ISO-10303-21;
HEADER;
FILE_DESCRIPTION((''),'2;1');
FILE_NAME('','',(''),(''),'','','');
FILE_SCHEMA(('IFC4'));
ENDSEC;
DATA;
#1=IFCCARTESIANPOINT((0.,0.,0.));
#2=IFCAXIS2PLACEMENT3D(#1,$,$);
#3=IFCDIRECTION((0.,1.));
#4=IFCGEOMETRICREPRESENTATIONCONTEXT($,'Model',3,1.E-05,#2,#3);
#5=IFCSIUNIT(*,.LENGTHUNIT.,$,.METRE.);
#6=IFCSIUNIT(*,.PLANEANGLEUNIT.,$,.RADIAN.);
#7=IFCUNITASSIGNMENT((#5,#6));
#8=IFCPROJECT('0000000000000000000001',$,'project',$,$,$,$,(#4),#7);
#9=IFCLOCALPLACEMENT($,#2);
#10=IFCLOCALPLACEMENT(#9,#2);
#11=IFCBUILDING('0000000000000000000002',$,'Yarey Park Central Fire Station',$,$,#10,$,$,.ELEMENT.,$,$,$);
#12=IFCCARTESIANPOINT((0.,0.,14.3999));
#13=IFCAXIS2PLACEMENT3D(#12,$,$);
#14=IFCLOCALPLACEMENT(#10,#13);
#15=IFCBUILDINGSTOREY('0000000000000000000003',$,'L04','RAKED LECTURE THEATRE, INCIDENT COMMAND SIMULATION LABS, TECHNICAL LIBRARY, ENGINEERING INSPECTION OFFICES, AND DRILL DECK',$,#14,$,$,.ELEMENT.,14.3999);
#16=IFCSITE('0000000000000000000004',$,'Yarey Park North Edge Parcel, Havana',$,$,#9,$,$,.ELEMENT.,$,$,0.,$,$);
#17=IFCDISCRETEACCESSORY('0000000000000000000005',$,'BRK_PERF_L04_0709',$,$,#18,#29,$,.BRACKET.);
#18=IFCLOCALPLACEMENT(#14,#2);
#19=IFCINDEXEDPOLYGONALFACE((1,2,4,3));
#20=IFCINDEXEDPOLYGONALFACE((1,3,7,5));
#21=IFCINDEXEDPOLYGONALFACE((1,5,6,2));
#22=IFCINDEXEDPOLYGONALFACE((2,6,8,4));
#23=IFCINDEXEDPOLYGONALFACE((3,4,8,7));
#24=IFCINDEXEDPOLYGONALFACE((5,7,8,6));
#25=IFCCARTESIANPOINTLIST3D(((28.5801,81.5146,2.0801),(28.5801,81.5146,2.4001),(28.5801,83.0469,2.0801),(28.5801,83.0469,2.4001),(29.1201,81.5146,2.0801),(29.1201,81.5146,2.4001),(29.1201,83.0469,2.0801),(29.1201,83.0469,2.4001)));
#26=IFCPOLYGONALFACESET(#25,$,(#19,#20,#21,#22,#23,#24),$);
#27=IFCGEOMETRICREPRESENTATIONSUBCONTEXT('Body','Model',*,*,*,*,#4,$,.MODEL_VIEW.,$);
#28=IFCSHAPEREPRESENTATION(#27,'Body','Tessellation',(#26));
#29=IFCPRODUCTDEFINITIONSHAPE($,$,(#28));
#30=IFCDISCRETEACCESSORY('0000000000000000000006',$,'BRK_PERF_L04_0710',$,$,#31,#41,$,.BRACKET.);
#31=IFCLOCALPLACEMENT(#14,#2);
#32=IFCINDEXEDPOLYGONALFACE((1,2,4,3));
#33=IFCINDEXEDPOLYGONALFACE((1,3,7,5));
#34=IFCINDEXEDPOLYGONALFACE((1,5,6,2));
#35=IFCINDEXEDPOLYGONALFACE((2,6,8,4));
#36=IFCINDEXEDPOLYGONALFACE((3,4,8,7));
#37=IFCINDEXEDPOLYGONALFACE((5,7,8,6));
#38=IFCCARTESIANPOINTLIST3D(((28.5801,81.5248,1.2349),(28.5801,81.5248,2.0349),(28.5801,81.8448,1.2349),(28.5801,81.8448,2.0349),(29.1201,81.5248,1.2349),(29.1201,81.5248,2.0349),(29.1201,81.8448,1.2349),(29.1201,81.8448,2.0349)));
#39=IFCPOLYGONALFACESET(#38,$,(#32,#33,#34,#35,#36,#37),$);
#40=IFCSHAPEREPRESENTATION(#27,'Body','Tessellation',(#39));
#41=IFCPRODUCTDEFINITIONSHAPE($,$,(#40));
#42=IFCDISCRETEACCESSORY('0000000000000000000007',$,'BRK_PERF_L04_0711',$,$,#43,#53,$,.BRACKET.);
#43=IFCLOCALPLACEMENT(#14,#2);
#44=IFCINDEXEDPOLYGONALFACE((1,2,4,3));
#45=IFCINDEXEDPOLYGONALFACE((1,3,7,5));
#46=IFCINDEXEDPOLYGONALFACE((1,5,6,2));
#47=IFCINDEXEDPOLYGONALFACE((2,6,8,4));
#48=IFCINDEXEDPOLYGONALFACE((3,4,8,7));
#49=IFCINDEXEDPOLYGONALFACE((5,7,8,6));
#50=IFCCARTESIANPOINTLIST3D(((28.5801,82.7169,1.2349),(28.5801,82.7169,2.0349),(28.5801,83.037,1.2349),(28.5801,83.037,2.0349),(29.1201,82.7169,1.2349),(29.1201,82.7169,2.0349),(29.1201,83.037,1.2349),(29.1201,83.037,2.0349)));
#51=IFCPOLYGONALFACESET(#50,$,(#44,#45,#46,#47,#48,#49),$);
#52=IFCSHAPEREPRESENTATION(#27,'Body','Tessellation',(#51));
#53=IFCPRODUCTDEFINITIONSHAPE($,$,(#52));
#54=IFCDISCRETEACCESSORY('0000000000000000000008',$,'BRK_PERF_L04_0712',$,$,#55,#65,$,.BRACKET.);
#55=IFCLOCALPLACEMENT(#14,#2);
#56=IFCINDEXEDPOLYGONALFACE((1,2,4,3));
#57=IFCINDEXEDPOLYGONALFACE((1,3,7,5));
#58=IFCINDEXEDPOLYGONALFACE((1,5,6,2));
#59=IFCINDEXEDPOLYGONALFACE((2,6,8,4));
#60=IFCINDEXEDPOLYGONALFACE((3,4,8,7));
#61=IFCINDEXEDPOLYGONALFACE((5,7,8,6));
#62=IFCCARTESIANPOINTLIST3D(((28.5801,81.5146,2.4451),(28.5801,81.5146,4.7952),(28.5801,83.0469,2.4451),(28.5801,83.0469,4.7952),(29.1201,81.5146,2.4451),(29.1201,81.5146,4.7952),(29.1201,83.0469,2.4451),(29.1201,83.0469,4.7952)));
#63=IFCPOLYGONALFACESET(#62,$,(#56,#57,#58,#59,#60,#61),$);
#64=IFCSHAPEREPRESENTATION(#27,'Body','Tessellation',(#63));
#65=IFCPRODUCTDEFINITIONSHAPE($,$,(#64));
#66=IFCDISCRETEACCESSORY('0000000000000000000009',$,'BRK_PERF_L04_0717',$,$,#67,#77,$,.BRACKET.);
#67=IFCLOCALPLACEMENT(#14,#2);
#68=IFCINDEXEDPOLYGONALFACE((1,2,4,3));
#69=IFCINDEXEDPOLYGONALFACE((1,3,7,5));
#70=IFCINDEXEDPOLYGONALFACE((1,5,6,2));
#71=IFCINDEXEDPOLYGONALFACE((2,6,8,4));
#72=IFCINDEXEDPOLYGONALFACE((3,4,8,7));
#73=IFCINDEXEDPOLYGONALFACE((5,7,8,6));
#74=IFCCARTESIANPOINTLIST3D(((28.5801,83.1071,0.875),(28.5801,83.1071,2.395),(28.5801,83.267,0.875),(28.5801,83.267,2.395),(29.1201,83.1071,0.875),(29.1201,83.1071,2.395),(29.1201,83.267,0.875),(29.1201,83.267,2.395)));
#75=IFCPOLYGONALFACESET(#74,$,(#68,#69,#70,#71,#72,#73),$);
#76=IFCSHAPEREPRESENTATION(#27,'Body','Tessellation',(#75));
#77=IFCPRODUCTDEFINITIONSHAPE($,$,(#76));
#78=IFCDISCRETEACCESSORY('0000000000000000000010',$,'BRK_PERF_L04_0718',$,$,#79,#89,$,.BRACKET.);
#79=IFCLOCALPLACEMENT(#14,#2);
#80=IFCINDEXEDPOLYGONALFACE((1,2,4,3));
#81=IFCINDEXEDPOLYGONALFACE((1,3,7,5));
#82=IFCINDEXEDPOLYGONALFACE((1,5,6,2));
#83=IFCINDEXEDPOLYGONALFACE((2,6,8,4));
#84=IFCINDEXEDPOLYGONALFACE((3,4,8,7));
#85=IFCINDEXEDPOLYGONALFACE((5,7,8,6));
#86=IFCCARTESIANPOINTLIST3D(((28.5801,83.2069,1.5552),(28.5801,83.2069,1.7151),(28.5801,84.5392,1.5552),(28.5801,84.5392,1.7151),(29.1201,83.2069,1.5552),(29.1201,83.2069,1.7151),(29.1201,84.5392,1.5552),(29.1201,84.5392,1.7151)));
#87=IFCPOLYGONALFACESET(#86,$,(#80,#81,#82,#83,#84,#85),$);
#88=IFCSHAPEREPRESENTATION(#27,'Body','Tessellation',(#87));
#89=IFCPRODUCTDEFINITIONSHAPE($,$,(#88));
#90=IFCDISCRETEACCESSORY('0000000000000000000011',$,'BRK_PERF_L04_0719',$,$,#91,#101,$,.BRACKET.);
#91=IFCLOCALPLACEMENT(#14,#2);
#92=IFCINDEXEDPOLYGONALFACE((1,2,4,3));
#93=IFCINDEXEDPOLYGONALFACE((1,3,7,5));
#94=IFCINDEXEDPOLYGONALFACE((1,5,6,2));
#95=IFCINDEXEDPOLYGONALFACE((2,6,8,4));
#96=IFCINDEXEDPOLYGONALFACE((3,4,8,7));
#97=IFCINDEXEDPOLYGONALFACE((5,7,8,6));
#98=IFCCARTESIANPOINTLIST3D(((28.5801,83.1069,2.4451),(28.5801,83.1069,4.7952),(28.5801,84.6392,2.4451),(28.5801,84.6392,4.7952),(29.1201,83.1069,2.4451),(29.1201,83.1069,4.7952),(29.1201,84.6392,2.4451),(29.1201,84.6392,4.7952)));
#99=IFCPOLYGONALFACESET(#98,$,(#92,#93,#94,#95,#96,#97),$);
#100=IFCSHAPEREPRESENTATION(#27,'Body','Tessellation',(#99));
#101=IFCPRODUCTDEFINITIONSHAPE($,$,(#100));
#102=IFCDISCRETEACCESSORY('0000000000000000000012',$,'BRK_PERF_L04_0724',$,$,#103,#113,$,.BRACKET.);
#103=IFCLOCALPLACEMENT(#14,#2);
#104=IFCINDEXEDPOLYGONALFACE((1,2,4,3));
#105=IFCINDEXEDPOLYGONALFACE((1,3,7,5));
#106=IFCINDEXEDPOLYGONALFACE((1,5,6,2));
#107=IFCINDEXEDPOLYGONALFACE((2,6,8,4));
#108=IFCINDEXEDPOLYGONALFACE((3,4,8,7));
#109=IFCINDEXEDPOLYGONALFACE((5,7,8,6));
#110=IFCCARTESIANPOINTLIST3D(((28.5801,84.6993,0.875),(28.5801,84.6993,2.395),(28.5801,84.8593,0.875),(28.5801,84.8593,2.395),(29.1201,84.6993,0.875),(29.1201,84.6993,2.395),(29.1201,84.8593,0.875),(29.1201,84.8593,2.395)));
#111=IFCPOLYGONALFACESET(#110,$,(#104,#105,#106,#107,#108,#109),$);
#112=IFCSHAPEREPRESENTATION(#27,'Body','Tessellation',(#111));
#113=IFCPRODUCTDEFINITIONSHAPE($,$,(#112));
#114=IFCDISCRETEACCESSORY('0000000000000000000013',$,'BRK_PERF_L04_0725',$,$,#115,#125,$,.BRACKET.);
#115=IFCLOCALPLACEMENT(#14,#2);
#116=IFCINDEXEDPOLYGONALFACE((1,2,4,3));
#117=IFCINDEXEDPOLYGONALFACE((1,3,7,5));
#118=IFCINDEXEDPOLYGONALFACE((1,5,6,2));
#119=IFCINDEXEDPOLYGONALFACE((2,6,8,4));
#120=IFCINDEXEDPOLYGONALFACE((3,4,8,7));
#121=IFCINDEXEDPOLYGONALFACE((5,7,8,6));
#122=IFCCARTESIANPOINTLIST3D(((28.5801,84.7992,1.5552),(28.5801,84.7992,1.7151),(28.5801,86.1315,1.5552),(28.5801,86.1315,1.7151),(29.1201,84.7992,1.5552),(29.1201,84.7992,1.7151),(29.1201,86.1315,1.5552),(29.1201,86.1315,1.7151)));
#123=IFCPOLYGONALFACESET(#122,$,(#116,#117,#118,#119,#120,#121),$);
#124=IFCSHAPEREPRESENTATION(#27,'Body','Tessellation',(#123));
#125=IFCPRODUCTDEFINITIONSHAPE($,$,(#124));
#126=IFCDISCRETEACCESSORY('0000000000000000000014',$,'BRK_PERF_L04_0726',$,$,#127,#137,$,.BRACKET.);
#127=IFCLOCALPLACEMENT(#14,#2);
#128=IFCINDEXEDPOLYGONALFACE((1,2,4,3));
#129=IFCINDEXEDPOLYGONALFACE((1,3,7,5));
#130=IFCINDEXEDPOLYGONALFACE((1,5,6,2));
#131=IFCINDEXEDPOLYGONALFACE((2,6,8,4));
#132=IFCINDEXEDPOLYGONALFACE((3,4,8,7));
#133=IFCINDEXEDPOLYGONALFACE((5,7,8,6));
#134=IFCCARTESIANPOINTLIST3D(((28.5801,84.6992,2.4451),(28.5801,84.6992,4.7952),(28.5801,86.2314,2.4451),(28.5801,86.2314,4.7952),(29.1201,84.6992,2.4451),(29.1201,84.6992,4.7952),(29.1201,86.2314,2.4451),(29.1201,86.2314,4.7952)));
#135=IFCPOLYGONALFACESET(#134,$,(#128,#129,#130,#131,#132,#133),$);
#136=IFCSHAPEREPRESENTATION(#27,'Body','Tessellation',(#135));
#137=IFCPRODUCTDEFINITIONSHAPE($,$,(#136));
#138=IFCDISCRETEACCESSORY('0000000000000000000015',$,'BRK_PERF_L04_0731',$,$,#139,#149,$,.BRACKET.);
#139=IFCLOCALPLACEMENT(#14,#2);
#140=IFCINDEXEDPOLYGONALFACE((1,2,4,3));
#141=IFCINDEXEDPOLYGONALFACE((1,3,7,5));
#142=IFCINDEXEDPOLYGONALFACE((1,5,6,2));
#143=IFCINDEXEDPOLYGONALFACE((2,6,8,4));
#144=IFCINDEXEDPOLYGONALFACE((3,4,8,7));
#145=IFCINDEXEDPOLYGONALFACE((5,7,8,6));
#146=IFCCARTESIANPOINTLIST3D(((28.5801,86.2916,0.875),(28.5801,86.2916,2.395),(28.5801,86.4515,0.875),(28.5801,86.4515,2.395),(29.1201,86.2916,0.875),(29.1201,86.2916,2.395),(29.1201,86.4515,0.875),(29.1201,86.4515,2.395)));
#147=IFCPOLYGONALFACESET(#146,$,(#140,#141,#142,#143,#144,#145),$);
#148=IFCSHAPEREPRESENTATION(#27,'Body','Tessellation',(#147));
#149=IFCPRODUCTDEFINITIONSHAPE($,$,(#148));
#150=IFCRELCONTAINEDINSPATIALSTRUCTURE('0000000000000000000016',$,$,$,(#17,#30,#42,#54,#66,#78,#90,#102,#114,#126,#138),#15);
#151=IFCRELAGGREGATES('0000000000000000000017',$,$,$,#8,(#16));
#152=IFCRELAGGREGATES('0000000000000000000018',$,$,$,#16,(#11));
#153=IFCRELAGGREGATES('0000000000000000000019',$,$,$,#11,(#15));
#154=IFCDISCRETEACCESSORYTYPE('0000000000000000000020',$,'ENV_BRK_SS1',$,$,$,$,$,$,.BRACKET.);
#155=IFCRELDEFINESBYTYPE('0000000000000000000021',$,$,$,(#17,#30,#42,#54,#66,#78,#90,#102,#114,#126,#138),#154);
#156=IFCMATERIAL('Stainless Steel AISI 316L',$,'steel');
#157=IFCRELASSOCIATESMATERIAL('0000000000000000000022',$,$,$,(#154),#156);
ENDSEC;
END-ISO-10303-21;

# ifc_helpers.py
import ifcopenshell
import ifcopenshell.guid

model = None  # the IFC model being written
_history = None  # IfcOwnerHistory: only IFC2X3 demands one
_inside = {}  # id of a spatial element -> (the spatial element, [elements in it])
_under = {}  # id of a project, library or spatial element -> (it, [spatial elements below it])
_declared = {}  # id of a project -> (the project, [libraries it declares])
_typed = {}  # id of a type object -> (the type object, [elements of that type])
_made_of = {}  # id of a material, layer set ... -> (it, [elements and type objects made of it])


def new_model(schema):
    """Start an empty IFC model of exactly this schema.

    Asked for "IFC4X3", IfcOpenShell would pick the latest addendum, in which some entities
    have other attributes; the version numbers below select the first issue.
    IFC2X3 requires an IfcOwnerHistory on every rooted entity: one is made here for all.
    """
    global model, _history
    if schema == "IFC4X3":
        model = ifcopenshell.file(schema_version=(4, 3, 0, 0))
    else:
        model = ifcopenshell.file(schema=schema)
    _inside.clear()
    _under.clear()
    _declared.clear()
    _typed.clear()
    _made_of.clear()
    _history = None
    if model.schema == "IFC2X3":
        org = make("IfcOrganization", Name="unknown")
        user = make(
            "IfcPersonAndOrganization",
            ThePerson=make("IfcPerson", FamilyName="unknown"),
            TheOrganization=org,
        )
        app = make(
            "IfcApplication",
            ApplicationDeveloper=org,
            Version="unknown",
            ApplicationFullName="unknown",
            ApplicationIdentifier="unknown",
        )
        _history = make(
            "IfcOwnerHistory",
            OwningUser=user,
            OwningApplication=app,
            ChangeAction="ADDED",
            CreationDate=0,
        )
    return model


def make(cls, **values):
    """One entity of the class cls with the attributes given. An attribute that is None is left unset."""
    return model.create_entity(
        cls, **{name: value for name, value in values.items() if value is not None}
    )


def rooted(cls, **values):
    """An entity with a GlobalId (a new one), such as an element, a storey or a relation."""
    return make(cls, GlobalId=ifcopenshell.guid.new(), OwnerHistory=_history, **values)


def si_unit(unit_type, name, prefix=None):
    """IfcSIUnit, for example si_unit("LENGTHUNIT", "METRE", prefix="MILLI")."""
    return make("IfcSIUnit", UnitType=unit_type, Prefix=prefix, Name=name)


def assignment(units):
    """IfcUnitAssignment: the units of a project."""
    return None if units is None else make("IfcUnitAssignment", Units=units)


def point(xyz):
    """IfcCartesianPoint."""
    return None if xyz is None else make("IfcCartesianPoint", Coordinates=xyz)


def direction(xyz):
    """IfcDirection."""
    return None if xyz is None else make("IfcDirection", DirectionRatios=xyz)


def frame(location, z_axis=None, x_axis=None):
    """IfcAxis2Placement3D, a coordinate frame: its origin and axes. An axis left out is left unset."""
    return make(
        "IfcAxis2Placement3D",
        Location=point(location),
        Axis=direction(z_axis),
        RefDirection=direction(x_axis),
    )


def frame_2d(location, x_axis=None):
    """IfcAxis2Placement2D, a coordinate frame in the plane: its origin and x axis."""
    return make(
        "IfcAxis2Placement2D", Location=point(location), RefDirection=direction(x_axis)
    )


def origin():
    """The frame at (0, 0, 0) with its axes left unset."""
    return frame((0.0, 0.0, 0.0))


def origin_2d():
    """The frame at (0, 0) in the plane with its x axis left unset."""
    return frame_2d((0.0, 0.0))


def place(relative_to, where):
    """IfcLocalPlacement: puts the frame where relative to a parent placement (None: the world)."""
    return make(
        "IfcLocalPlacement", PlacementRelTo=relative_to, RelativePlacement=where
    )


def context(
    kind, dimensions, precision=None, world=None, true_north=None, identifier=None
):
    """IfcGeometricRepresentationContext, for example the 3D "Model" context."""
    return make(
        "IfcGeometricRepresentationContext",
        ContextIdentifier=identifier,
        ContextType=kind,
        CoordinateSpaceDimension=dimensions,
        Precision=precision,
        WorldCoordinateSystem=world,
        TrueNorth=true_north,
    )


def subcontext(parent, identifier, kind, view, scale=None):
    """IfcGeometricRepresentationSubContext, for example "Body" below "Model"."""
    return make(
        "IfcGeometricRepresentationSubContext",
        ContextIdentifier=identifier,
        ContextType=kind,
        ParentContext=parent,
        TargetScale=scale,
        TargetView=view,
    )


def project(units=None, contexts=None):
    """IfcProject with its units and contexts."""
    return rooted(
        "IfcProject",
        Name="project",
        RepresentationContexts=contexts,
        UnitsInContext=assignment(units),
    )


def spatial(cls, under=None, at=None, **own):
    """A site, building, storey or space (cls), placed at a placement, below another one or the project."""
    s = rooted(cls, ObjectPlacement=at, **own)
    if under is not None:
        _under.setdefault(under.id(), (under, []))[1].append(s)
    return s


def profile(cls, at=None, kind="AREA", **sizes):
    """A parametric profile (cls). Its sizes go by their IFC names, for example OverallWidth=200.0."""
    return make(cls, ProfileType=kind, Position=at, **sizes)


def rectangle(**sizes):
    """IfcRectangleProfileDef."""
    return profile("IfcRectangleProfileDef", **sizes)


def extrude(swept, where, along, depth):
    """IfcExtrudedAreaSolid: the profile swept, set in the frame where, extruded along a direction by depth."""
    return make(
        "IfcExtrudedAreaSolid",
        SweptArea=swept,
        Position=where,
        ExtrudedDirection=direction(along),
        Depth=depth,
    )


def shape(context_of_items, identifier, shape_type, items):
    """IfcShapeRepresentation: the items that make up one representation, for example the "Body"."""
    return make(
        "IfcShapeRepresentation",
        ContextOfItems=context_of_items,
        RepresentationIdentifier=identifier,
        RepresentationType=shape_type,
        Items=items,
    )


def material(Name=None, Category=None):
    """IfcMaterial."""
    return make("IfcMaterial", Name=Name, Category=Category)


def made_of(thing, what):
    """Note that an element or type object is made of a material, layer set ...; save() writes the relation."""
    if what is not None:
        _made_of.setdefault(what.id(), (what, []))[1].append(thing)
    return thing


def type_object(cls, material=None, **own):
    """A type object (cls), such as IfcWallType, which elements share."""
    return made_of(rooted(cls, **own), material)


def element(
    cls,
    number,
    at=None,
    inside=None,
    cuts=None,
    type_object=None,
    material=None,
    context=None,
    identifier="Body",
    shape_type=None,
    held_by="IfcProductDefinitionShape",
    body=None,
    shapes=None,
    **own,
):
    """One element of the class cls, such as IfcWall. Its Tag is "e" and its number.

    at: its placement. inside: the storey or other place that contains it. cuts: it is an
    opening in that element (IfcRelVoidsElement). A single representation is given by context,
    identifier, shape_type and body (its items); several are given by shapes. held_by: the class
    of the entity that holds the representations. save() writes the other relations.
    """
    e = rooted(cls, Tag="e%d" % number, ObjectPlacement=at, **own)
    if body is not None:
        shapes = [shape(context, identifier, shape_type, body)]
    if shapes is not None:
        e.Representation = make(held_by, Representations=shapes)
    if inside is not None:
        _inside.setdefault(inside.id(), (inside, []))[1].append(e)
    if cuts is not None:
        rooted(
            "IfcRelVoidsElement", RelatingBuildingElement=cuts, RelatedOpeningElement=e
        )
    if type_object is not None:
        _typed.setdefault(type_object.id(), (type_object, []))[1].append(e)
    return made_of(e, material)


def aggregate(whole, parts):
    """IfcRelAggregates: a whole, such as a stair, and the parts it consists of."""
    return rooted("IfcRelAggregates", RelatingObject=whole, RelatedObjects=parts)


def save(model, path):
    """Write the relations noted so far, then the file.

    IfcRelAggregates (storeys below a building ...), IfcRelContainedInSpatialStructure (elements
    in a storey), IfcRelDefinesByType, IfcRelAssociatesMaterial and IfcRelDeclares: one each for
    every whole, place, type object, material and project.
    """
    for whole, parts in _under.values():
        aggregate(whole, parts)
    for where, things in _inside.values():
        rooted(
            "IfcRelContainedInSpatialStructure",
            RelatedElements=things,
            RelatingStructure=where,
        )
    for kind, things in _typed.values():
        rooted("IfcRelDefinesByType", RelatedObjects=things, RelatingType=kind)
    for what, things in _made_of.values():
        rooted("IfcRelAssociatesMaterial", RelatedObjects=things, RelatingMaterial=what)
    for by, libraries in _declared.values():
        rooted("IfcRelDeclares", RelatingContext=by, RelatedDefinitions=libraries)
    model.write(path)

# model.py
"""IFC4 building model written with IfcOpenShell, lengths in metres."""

from ifc_helpers import new_model, si_unit, direction, frame, origin, origin_2d, place, context, subcontext, project, spatial, rectangle, extrude, material, type_object, element, save


model = new_model("IFC4")

# Units and contexts
model_context = context("Model", 3, precision=1e-05, world=origin(), true_north=direction((0.0, 1.0)))
body_context = subcontext(model_context, "Body", "Model", "MODEL_VIEW")
ifc_project = project(units=[si_unit("LENGTHUNIT", "METRE"), si_unit("PLANEANGLEUNIT", "RADIAN")], contexts=[model_context])

# Site, building, storey
site_placement = place(None, origin())
site = spatial("IfcSite", under=ifc_project, at=site_placement, Name="Yarey Park North Edge Parcel, Havana", CompositionType="ELEMENT", RefElevation=0.0)
building_placement = place(site_placement, origin())
building = spatial("IfcBuilding", under=site, at=building_placement, Name="Yarey Park Central Fire Station", CompositionType="ELEMENT")
storey_placement = place(building_placement, frame((0.0, 0.0, 14.3999)))
storey = spatial("IfcBuildingStorey", under=building, at=storey_placement, Name="L04", Description="RAKED LECTURE THEATRE, INCIDENT COMMAND SIMULATION LABS, TECHNICAL LIBRARY, ENGINEERING INSPECTION OFFICES, AND DRILL DECK", CompositionType="ELEMENT", Elevation=14.3999)

# Discrete accessories
ifc_material_1 = material(Name="Stainless Steel AISI 316L", Category="steel")
discrete_accessory_type = type_object("IfcDiscreteAccessoryType", Name="ENV_BRK_SS1", PredefinedType="BRACKET", material=ifc_material_1)
for number, where, z_axis, x_axis, name in (
    (1, (28.8501, 82.2808, 2.0801), (0.0, 0.0, 1.0), (1.0, 0.0, 0.0), "BRK_PERF_L04_0709"),
):
    element("IfcDiscreteAccessory", number, at=place(storey_placement, frame(where, z_axis=z_axis, x_axis=x_axis)), inside=storey, type_object=discrete_accessory_type, Name=name, PredefinedType="BRACKET", context=body_context, shape_type="SweptSolid", body=[
        extrude(rectangle(XDim=0.54, YDim=1.5322, at=origin_2d()), origin(), (0.0, 0.0, 1.0), 0.3201),
    ])
for number, where, z_axis, x_axis, name in (
    (2, (28.8501, 81.6848, 1.2349), (0.0, 0.0, 1.0), (1.0, 0.0, 0.0), "BRK_PERF_L04_0710"),
    (3, (28.8501, 82.877, 1.2349), (0.0, 0.0, 1.0), (1.0, 0.0, 0.0), "BRK_PERF_L04_0711"),
):
    element("IfcDiscreteAccessory", number, at=place(storey_placement, frame(where, z_axis=z_axis, x_axis=x_axis)), inside=storey, type_object=discrete_accessory_type, Name=name, PredefinedType="BRACKET", context=body_context, shape_type="SweptSolid", body=[
        extrude(rectangle(XDim=0.54, YDim=0.3201, at=origin_2d()), origin(), (0.0, 0.0, 1.0), 0.8),
    ])
discrete_accessory_1_placement = place(storey_placement, frame((28.8501, 82.2808, 2.4451), z_axis=(0.0, 0.0, 1.0), x_axis=(1.0, 0.0, 0.0)))
element("IfcDiscreteAccessory", 4, at=discrete_accessory_1_placement, inside=storey, type_object=discrete_accessory_type, Name="BRK_PERF_L04_0712", PredefinedType="BRACKET", context=body_context, shape_type="SweptSolid", body=[
    extrude(rectangle(XDim=0.54, YDim=1.5322, at=origin_2d()), origin(), (0.0, 0.0, 1.0), 2.3501),
])
discrete_accessory_2_placement = place(storey_placement, frame((28.8501, 83.187, 0.875), z_axis=(0.0, 0.0, 1.0), x_axis=(1.0, 0.0, 0.0)))
element("IfcDiscreteAccessory", 5, at=discrete_accessory_2_placement, inside=storey, type_object=discrete_accessory_type, Name="BRK_PERF_L04_0717", PredefinedType="BRACKET", context=body_context, shape_type="SweptSolid", body=[
    extrude(rectangle(XDim=0.54, YDim=0.1599, at=origin_2d()), origin(), (0.0, 0.0, 1.0), 1.52),
])
discrete_accessory_3_placement = place(storey_placement, frame((28.8501, 83.873, 1.5552), z_axis=(0.0, 0.0, 1.0), x_axis=(1.0, 0.0, 0.0)))
element("IfcDiscreteAccessory", 6, at=discrete_accessory_3_placement, inside=storey, type_object=discrete_accessory_type, Name="BRK_PERF_L04_0718", PredefinedType="BRACKET", context=body_context, shape_type="SweptSolid", body=[
    extrude(rectangle(XDim=0.54, YDim=1.3323, at=origin_2d()), origin(), (0.0, 0.0, 1.0), 0.1599),
])
discrete_accessory_4_placement = place(storey_placement, frame((28.8501, 83.873, 2.4451), z_axis=(0.0, 0.0, 1.0), x_axis=(1.0, 0.0, 0.0)))
element("IfcDiscreteAccessory", 7, at=discrete_accessory_4_placement, inside=storey, type_object=discrete_accessory_type, Name="BRK_PERF_L04_0719", PredefinedType="BRACKET", context=body_context, shape_type="SweptSolid", body=[
    extrude(rectangle(XDim=0.54, YDim=1.5322, at=origin_2d()), origin(), (0.0, 0.0, 1.0), 2.3501),
])
discrete_accessory_5_placement = place(storey_placement, frame((28.8501, 84.7793, 0.875), z_axis=(0.0, 0.0, 1.0), x_axis=(1.0, 0.0, 0.0)))
element("IfcDiscreteAccessory", 8, at=discrete_accessory_5_placement, inside=storey, type_object=discrete_accessory_type, Name="BRK_PERF_L04_0724", PredefinedType="BRACKET", context=body_context, shape_type="SweptSolid", body=[
    extrude(rectangle(XDim=0.54, YDim=0.1599, at=origin_2d()), origin(), (0.0, 0.0, 1.0), 1.52),
])
discrete_accessory_6_placement = place(storey_placement, frame((28.8501, 85.4653, 1.5552), z_axis=(0.0, 0.0, 1.0), x_axis=(1.0, 0.0, 0.0)))
element("IfcDiscreteAccessory", 9, at=discrete_accessory_6_placement, inside=storey, type_object=discrete_accessory_type, Name="BRK_PERF_L04_0725", PredefinedType="BRACKET", context=body_context, shape_type="SweptSolid", body=[
    extrude(rectangle(XDim=0.54, YDim=1.3323, at=origin_2d()), origin(), (0.0, 0.0, 1.0), 0.1599),
])
discrete_accessory_7_placement = place(storey_placement, frame((28.8501, 85.4653, 2.4451), z_axis=(0.0, 0.0, 1.0), x_axis=(1.0, 0.0, 0.0)))
element("IfcDiscreteAccessory", 10, at=discrete_accessory_7_placement, inside=storey, type_object=discrete_accessory_type, Name="BRK_PERF_L04_0726", PredefinedType="BRACKET", context=body_context, shape_type="SweptSolid", body=[
    extrude(rectangle(XDim=0.54, YDim=1.5322, at=origin_2d()), origin(), (0.0, 0.0, 1.0), 2.3501),
])
discrete_accessory_8_placement = place(storey_placement, frame((28.8501, 86.3716, 0.875), z_axis=(0.0, 0.0, 1.0), x_axis=(1.0, 0.0, 0.0)))
element("IfcDiscreteAccessory", 11, at=discrete_accessory_8_placement, inside=storey, type_object=discrete_accessory_type, Name="BRK_PERF_L04_0731", PredefinedType="BRACKET", context=body_context, shape_type="SweptSolid", body=[
    extrude(rectangle(XDim=0.54, YDim=0.1599, at=origin_2d()), origin(), (0.0, 0.0, 1.0), 1.52),
])

save(model, "model.ifc")
